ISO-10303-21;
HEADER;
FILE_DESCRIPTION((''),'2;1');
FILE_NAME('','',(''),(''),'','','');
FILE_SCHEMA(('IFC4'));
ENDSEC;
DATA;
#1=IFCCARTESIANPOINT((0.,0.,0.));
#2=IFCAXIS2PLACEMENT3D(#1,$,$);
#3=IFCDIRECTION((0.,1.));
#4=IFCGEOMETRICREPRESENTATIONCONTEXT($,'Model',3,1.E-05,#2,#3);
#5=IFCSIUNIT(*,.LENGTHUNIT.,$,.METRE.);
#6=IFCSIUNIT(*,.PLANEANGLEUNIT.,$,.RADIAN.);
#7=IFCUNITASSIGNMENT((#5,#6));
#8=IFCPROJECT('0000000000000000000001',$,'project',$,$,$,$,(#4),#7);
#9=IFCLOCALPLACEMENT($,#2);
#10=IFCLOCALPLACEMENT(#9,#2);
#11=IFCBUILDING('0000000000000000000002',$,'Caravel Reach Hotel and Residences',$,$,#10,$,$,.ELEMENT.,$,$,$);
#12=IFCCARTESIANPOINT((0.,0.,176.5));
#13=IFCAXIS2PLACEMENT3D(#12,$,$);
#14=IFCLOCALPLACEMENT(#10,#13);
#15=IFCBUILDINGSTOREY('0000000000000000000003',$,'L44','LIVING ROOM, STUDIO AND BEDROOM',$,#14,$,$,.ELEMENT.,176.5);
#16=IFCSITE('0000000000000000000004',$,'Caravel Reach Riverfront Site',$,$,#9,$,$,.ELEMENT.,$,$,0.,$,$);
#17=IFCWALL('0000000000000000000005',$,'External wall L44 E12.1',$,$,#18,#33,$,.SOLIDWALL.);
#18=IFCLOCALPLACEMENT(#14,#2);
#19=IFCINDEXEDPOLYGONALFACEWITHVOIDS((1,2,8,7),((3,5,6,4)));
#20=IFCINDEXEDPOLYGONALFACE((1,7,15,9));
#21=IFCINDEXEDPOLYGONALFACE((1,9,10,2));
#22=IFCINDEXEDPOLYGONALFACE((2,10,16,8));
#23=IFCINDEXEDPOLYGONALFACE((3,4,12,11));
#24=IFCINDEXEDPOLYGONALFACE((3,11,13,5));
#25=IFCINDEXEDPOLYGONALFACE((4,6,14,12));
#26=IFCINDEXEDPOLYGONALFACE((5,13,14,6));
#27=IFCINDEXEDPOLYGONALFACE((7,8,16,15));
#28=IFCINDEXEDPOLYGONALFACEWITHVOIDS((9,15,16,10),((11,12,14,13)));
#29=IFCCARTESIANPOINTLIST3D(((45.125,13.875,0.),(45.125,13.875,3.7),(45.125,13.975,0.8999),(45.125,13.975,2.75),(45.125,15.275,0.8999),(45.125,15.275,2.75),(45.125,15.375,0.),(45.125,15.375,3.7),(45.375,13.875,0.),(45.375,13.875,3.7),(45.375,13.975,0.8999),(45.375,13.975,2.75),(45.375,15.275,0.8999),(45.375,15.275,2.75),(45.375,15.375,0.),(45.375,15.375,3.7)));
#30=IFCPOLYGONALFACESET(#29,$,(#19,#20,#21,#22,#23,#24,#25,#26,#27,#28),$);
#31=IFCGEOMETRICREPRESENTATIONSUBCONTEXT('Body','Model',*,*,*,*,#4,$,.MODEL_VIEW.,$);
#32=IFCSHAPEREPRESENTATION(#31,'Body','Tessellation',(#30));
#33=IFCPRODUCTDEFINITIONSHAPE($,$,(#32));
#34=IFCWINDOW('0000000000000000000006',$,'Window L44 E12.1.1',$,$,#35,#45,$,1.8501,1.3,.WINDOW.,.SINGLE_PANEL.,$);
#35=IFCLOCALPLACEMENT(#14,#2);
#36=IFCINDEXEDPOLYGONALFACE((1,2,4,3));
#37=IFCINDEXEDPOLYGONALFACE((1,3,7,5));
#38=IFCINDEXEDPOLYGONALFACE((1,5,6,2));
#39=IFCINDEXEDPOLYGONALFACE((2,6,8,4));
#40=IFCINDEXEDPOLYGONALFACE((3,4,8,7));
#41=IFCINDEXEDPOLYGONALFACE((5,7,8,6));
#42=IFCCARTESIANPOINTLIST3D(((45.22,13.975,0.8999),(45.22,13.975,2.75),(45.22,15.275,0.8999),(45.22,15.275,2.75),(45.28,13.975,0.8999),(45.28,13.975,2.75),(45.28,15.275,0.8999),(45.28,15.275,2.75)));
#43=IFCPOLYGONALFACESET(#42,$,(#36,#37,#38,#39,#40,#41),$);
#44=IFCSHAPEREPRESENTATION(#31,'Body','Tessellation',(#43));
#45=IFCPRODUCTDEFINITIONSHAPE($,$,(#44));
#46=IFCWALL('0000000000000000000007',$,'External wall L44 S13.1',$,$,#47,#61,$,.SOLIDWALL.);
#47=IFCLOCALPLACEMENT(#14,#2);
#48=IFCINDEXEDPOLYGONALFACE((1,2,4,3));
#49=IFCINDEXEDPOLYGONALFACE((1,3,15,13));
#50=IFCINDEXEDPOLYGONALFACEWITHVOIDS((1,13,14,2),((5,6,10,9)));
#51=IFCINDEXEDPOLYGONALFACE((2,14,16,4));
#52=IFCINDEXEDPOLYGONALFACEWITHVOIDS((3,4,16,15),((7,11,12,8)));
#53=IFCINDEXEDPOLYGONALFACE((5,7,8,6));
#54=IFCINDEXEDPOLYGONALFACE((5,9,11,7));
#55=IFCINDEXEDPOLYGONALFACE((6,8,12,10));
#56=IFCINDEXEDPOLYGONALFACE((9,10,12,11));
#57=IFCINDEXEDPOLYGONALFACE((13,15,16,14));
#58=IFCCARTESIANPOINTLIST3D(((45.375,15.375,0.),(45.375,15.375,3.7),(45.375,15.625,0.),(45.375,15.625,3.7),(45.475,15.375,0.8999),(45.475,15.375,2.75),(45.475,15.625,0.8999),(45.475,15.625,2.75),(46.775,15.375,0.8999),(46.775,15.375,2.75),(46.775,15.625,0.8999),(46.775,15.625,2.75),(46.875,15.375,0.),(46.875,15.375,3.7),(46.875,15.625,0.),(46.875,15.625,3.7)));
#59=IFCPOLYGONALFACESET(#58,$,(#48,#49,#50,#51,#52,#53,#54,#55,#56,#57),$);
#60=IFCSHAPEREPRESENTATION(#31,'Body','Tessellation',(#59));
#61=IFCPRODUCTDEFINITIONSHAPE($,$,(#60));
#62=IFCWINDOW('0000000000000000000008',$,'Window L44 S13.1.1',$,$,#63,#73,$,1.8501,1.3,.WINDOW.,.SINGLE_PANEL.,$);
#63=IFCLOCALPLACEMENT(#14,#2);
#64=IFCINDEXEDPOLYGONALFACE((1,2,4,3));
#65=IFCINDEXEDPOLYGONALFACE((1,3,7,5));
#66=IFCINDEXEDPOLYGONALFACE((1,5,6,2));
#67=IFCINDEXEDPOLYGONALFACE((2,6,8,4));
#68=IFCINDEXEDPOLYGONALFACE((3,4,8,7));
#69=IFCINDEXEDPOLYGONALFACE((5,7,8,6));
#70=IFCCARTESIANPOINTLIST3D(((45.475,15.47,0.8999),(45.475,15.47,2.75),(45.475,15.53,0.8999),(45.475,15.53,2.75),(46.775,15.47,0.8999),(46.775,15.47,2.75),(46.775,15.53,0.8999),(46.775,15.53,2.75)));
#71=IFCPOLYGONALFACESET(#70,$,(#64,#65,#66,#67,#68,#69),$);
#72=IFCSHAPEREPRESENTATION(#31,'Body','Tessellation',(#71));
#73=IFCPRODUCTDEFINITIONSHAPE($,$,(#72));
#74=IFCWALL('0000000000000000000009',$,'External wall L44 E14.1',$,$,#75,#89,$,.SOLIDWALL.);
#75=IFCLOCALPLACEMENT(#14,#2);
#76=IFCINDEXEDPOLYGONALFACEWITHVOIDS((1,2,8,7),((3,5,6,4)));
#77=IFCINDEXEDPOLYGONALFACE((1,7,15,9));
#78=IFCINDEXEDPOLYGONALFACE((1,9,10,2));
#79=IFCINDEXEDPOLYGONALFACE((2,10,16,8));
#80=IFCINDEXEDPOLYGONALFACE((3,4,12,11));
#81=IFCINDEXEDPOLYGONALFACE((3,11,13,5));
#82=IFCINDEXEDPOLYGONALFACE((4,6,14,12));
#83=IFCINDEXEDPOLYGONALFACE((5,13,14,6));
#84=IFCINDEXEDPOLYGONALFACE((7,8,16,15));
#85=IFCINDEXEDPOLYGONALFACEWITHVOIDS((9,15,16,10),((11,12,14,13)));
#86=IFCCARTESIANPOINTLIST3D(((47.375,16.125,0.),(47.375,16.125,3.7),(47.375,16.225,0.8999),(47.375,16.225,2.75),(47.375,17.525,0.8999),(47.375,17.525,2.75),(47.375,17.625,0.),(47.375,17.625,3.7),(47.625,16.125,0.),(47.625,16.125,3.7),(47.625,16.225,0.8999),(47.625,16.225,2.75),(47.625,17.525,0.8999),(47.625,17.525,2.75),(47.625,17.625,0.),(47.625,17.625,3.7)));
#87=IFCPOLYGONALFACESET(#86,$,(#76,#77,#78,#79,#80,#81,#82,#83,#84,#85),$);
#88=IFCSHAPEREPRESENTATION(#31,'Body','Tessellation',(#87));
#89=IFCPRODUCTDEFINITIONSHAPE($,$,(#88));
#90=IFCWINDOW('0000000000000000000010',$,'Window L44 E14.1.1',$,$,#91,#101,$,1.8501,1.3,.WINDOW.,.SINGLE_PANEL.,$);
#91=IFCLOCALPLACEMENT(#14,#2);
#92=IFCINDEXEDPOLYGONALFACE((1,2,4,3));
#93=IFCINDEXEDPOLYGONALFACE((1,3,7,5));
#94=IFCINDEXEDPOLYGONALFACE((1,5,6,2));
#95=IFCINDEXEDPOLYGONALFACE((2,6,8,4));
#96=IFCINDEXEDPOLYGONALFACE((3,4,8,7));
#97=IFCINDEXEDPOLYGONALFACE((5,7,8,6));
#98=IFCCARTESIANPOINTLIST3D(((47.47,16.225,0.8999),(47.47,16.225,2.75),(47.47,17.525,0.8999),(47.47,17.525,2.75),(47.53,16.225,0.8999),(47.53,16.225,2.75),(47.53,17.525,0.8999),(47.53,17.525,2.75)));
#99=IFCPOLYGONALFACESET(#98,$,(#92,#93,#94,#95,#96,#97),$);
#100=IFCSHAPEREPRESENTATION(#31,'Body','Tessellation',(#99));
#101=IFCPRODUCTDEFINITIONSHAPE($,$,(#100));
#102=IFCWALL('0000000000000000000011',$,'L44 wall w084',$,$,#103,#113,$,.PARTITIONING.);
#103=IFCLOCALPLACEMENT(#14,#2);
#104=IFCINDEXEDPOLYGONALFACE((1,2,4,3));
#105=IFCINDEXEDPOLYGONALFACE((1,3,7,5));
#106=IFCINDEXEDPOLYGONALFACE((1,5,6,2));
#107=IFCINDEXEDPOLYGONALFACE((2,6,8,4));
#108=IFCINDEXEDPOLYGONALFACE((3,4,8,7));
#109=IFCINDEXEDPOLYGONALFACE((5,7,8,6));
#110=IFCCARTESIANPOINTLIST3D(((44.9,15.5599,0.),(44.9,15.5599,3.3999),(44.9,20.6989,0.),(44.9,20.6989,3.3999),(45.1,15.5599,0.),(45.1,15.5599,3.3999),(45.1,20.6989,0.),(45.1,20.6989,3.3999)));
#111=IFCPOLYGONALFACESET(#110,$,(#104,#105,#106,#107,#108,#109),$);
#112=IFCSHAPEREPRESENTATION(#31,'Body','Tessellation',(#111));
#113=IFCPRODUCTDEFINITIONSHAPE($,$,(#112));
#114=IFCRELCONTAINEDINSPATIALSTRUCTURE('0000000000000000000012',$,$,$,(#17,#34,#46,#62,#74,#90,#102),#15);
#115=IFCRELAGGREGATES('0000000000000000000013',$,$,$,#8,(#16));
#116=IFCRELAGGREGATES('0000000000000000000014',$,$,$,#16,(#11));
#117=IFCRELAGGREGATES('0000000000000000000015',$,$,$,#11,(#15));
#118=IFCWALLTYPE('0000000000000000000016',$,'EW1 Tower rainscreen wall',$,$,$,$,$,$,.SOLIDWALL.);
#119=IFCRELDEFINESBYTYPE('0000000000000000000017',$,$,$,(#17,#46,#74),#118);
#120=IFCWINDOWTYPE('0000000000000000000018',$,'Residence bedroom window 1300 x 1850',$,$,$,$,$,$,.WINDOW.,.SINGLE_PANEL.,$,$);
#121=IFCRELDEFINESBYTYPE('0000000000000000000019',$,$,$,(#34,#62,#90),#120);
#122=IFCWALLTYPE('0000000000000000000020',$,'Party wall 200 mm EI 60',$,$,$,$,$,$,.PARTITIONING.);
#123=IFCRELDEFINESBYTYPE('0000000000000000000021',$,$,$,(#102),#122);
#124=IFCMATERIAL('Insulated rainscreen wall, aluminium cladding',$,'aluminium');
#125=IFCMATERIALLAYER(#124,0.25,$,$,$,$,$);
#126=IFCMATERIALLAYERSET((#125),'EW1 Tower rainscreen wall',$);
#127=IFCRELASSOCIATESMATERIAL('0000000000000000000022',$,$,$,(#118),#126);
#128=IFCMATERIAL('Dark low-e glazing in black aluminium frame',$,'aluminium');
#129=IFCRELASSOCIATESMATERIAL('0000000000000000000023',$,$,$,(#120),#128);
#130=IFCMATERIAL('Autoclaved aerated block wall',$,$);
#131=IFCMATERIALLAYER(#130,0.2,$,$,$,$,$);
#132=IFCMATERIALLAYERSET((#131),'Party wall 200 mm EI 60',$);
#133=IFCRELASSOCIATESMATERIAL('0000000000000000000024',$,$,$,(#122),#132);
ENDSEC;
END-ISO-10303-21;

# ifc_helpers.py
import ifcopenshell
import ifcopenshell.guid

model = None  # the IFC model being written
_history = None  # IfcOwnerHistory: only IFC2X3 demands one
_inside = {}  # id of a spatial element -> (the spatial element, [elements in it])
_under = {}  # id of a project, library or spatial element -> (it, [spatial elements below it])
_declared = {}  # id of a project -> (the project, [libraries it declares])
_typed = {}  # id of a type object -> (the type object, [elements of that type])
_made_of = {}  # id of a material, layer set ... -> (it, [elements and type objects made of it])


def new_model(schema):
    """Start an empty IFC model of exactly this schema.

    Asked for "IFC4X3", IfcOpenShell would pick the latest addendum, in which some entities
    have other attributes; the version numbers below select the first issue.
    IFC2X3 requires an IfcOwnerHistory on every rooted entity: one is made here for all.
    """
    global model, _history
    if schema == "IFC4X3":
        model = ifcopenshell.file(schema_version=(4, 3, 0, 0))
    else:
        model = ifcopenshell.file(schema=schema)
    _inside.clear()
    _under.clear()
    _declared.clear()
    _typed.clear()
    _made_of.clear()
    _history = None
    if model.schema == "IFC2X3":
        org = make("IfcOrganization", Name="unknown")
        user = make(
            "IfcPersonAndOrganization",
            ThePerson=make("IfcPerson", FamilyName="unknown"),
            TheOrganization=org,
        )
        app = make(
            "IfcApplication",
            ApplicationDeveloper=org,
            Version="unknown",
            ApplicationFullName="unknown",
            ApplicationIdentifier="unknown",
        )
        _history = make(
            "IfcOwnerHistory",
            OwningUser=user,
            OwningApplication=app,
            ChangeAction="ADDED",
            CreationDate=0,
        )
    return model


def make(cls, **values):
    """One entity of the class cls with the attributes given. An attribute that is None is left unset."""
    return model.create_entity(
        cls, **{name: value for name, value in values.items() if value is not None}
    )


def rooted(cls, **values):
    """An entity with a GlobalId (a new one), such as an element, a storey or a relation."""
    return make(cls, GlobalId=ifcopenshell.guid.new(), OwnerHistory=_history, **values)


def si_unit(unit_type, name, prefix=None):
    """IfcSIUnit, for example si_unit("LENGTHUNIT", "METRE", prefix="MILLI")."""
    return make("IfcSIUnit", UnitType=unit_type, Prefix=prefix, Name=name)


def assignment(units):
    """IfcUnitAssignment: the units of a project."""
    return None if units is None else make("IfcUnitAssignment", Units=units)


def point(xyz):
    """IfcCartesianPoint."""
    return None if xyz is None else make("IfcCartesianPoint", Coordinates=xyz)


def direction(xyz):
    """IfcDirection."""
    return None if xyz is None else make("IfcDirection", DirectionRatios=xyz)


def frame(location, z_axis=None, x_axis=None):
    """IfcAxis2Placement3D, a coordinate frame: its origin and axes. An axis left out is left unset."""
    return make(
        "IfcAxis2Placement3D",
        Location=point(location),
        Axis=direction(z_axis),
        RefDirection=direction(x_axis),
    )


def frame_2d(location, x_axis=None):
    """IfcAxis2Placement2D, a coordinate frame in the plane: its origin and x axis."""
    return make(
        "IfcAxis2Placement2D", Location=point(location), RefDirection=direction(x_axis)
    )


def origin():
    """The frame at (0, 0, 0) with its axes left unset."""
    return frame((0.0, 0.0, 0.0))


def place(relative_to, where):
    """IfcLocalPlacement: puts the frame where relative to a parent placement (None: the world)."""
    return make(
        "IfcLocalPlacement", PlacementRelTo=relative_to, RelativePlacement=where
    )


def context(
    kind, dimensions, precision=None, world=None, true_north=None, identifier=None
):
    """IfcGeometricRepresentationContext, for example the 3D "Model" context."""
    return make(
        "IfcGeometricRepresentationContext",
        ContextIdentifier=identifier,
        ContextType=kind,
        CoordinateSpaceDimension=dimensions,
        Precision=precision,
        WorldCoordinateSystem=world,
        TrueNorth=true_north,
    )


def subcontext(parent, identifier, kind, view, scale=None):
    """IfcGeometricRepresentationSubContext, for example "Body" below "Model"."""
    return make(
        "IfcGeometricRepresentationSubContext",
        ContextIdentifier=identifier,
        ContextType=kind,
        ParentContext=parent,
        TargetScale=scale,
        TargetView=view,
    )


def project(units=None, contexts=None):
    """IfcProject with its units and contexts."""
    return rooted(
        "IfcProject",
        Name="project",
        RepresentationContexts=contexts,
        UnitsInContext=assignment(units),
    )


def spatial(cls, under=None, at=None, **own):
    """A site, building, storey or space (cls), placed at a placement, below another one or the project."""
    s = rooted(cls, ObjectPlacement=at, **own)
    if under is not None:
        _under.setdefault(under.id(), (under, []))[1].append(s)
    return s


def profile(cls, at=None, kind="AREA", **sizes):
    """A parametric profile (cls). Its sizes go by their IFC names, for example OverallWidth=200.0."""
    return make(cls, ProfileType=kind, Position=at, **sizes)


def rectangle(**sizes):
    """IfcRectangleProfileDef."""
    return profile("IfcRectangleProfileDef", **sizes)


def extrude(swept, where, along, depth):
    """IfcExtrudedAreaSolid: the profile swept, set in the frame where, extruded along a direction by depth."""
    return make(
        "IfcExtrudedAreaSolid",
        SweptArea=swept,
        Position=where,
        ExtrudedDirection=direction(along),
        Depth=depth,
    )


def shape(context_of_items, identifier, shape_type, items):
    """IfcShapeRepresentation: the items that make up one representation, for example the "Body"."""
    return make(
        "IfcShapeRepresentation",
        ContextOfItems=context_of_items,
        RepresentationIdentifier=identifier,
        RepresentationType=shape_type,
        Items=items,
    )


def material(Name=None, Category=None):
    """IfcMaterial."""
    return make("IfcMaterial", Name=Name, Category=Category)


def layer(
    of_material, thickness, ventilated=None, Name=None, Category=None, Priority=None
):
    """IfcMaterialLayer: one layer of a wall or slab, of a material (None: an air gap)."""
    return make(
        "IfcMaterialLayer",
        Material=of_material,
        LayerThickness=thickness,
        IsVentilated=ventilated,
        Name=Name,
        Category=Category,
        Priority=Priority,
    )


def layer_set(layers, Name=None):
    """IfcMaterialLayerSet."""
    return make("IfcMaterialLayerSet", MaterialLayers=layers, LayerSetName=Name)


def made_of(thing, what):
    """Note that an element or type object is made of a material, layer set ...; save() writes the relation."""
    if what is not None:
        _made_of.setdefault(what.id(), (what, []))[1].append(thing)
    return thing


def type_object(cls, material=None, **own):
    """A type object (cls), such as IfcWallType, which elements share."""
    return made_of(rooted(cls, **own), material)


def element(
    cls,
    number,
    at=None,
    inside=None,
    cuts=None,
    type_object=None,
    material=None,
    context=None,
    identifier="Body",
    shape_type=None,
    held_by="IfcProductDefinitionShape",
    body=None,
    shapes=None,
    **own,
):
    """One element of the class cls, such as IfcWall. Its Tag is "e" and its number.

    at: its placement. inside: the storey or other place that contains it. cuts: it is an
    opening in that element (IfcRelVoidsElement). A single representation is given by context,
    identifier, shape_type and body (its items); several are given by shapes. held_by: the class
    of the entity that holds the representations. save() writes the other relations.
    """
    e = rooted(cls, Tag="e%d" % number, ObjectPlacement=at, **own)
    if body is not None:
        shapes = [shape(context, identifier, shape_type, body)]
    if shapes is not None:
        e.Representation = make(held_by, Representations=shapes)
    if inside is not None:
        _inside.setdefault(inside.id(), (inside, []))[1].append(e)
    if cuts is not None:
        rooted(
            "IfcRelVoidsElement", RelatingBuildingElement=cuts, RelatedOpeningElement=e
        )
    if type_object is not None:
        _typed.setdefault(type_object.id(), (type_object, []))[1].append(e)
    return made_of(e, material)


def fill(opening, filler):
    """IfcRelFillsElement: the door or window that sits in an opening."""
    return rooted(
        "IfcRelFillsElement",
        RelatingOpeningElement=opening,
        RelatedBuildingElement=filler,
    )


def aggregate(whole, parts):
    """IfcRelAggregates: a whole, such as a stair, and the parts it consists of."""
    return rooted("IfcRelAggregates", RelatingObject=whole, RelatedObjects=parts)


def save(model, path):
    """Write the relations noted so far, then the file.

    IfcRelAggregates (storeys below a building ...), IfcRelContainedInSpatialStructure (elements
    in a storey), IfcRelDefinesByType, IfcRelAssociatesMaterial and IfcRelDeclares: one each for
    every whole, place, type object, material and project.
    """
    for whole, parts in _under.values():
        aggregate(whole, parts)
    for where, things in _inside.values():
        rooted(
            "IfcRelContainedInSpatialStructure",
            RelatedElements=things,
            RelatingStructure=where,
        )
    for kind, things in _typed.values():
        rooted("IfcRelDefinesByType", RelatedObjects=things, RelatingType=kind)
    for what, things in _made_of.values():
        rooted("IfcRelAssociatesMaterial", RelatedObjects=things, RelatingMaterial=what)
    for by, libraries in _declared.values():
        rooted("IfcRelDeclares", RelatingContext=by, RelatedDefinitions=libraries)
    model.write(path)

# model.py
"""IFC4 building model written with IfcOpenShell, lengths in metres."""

from ifc_helpers import new_model, si_unit, direction, frame, frame_2d, origin, place, context, subcontext, project, spatial, rectangle, extrude, material, layer, layer_set, type_object, element, fill, save


model = new_model("IFC4")

# Units and contexts
model_context = context("Model", 3, precision=1e-05, world=origin(), true_north=direction((0.0, 1.0)))
body_context = subcontext(model_context, "Body", "Model", "MODEL_VIEW")
ifc_project = project(units=[si_unit("LENGTHUNIT", "METRE"), si_unit("PLANEANGLEUNIT", "RADIAN")], contexts=[model_context])

# Site, building, storey
site_placement = place(None, origin())
site = spatial("IfcSite", under=ifc_project, at=site_placement, Name="Caravel Reach Riverfront Site", CompositionType="ELEMENT", RefElevation=0.0)
building_placement = place(site_placement, origin())
building = spatial("IfcBuilding", under=site, at=building_placement, Name="Caravel Reach Hotel and Residences", CompositionType="ELEMENT")
storey_placement = place(building_placement, frame((0.0, 0.0, 176.5)))
storey = spatial("IfcBuildingStorey", under=building, at=storey_placement, Name="L44", Description="LIVING ROOM, STUDIO AND BEDROOM", CompositionType="ELEMENT", Elevation=176.5)

# Walls, openings, windows
ifc_material_1 = material(Name="Insulated rainscreen wall, aluminium cladding", Category="aluminium")
ifc_layer_1 = layer(ifc_material_1, 0.25)
ifc_layer_set_1 = layer_set([ifc_layer_1], Name="EW1 Tower rainscreen wall")
wall_type_1 = type_object("IfcWallType", Name="EW1 Tower rainscreen wall", PredefinedType="SOLIDWALL", material=ifc_layer_set_1)
wall_1_placement = place(storey_placement, frame((45.25, 13.875, 0.0), z_axis=(0.0, 0.0, 1.0), x_axis=(0.0, 1.0, 0.0)))
wall_1 = element("IfcWall", 1, at=wall_1_placement, inside=storey, type_object=wall_type_1, Name="External wall L44 E12.1", PredefinedType="SOLIDWALL", context=body_context, shape_type="SweptSolid", body=[
    extrude(rectangle(XDim=1.5, YDim=0.25, at=frame_2d((0.75, 0.0))), origin(), (0.0, 0.0, 1.0), 3.7),
])
opening_1_placement = place(wall_1_placement, frame((0.1001, 0.0, 0.8999)))
opening_1 = element("IfcOpeningElement", 2, at=opening_1_placement, cuts=wall_1, PredefinedType="OPENING", context=body_context, shape_type="SweptSolid", body=[
    extrude(rectangle(XDim=1.3, YDim=1.8501, at=frame_2d((0.6499, 0.925))), frame((0.0, 0.135, 0.0), z_axis=(0.0, -1.0, 0.0), x_axis=(1.0, 0.0, 0.0)), (0.0, 0.0, 1.0), 0.27),
])
ifc_material_2 = material(Name="Dark low-e glazing in black aluminium frame", Category="aluminium")
window_type = type_object("IfcWindowType", Name="Residence bedroom window 1300 x 1850", PartitioningType="SINGLE_PANEL", PredefinedType="WINDOW", material=ifc_material_2)
window_1_placement = place(opening_1_placement, origin())
window_1 = element("IfcWindow", 3, at=window_1_placement, inside=storey, type_object=window_type, Name="Window L44 E12.1.1", OverallHeight=1.8501, OverallWidth=1.3, PartitioningType="SINGLE_PANEL", PredefinedType="WINDOW", context=body_context, shape_type="SweptSolid", body=[
    extrude(rectangle(XDim=1.3, YDim=1.8501, at=frame_2d((0.6499, 0.925))), frame((0.0, 0.03, 0.0), z_axis=(0.0, -1.0, 0.0), x_axis=(1.0, 0.0, 0.0)), (0.0, 0.0, 1.0), 0.0601),
])
fill(opening_1, window_1)
wall_2_placement = place(storey_placement, frame((45.375, 15.5, 0.0), z_axis=(0.0, 0.0, 1.0), x_axis=(1.0, 0.0, 0.0)))
wall_2 = element("IfcWall", 4, at=wall_2_placement, inside=storey, type_object=wall_type_1, Name="External wall L44 S13.1", PredefinedType="SOLIDWALL", context=body_context, shape_type="SweptSolid", body=[
    extrude(rectangle(XDim=1.5, YDim=0.25, at=frame_2d((0.75, 0.0))), origin(), (0.0, 0.0, 1.0), 3.7),
])
opening_2_placement = place(wall_2_placement, frame((0.1001, 0.0, 0.8999)))
opening_2 = element("IfcOpeningElement", 5, at=opening_2_placement, cuts=wall_2, PredefinedType="OPENING", context=body_context, shape_type="SweptSolid", body=[
    extrude(rectangle(XDim=1.3, YDim=1.8501, at=frame_2d((0.6499, 0.925))), frame((0.0, 0.135, 0.0), z_axis=(0.0, -1.0, 0.0), x_axis=(1.0, 0.0, 0.0)), (0.0, 0.0, 1.0), 0.27),
])
window_2_placement = place(opening_2_placement, origin())
window_2 = element("IfcWindow", 6, at=window_2_placement, inside=storey, type_object=window_type, Name="Window L44 S13.1.1", OverallHeight=1.8501, OverallWidth=1.3, PartitioningType="SINGLE_PANEL", PredefinedType="WINDOW", context=body_context, shape_type="SweptSolid", body=[
    extrude(rectangle(XDim=1.3, YDim=1.8501, at=frame_2d((0.6499, 0.925))), frame((0.0, 0.03, 0.0), z_axis=(0.0, -1.0, 0.0), x_axis=(1.0, 0.0, 0.0)), (0.0, 0.0, 1.0), 0.0601),
])
fill(opening_2, window_2)
wall_3_placement = place(storey_placement, frame((47.5, 16.125, 0.0), z_axis=(0.0, 0.0, 1.0), x_axis=(0.0, 1.0, 0.0)))
wall_3 = element("IfcWall", 7, at=wall_3_placement, inside=storey, type_object=wall_type_1, Name="External wall L44 E14.1", PredefinedType="SOLIDWALL", context=body_context, shape_type="SweptSolid", body=[
    extrude(rectangle(XDim=1.5, YDim=0.25, at=frame_2d((0.75, 0.0))), origin(), (0.0, 0.0, 1.0), 3.7),
])
opening_3_placement = place(wall_3_placement, frame((0.1001, 0.0, 0.8999)))
opening_3 = element("IfcOpeningElement", 8, at=opening_3_placement, cuts=wall_3, PredefinedType="OPENING", context=body_context, shape_type="SweptSolid", body=[
    extrude(rectangle(XDim=1.3, YDim=1.8501, at=frame_2d((0.6499, 0.925))), frame((0.0, 0.135, 0.0), z_axis=(0.0, -1.0, 0.0), x_axis=(1.0, 0.0, 0.0)), (0.0, 0.0, 1.0), 0.27),
])
window_3_placement = place(opening_3_placement, origin())
window_3 = element("IfcWindow", 9, at=window_3_placement, inside=storey, type_object=window_type, Name="Window L44 E14.1.1", OverallHeight=1.8501, OverallWidth=1.3, PartitioningType="SINGLE_PANEL", PredefinedType="WINDOW", context=body_context, shape_type="SweptSolid", body=[
    extrude(rectangle(XDim=1.3, YDim=1.8501, at=frame_2d((0.6499, 0.925))), frame((0.0, 0.03, 0.0), z_axis=(0.0, -1.0, 0.0), x_axis=(1.0, 0.0, 0.0)), (0.0, 0.0, 1.0), 0.0601),
])
fill(opening_3, window_3)

# Wall
ifc_material_3 = material(Name="Autoclaved aerated block wall")
ifc_layer_2 = layer(ifc_material_3, 0.2)
ifc_layer_set_2 = layer_set([ifc_layer_2], Name="Party wall 200 mm EI 60")
wall_type_2 = type_object("IfcWallType", Name="Party wall 200 mm EI 60", PredefinedType="PARTITIONING", material=ifc_layer_set_2)
wall_4_placement = place(storey_placement, frame((45.0, 15.5601, 0.0), z_axis=(0.0, 0.0, 1.0), x_axis=(0.0, 1.0, 0.0)))
element("IfcWall", 10, at=wall_4_placement, inside=storey, type_object=wall_type_2, Name="L44 wall w084", PredefinedType="PARTITIONING", context=body_context, shape_type="SweptSolid", body=[
    extrude(rectangle(XDim=5.1389, YDim=0.2, at=frame_2d((2.5693, 0.0))), origin(), (0.0, 0.0, 1.0), 3.3999),
])

save(model, "model.ifc")
